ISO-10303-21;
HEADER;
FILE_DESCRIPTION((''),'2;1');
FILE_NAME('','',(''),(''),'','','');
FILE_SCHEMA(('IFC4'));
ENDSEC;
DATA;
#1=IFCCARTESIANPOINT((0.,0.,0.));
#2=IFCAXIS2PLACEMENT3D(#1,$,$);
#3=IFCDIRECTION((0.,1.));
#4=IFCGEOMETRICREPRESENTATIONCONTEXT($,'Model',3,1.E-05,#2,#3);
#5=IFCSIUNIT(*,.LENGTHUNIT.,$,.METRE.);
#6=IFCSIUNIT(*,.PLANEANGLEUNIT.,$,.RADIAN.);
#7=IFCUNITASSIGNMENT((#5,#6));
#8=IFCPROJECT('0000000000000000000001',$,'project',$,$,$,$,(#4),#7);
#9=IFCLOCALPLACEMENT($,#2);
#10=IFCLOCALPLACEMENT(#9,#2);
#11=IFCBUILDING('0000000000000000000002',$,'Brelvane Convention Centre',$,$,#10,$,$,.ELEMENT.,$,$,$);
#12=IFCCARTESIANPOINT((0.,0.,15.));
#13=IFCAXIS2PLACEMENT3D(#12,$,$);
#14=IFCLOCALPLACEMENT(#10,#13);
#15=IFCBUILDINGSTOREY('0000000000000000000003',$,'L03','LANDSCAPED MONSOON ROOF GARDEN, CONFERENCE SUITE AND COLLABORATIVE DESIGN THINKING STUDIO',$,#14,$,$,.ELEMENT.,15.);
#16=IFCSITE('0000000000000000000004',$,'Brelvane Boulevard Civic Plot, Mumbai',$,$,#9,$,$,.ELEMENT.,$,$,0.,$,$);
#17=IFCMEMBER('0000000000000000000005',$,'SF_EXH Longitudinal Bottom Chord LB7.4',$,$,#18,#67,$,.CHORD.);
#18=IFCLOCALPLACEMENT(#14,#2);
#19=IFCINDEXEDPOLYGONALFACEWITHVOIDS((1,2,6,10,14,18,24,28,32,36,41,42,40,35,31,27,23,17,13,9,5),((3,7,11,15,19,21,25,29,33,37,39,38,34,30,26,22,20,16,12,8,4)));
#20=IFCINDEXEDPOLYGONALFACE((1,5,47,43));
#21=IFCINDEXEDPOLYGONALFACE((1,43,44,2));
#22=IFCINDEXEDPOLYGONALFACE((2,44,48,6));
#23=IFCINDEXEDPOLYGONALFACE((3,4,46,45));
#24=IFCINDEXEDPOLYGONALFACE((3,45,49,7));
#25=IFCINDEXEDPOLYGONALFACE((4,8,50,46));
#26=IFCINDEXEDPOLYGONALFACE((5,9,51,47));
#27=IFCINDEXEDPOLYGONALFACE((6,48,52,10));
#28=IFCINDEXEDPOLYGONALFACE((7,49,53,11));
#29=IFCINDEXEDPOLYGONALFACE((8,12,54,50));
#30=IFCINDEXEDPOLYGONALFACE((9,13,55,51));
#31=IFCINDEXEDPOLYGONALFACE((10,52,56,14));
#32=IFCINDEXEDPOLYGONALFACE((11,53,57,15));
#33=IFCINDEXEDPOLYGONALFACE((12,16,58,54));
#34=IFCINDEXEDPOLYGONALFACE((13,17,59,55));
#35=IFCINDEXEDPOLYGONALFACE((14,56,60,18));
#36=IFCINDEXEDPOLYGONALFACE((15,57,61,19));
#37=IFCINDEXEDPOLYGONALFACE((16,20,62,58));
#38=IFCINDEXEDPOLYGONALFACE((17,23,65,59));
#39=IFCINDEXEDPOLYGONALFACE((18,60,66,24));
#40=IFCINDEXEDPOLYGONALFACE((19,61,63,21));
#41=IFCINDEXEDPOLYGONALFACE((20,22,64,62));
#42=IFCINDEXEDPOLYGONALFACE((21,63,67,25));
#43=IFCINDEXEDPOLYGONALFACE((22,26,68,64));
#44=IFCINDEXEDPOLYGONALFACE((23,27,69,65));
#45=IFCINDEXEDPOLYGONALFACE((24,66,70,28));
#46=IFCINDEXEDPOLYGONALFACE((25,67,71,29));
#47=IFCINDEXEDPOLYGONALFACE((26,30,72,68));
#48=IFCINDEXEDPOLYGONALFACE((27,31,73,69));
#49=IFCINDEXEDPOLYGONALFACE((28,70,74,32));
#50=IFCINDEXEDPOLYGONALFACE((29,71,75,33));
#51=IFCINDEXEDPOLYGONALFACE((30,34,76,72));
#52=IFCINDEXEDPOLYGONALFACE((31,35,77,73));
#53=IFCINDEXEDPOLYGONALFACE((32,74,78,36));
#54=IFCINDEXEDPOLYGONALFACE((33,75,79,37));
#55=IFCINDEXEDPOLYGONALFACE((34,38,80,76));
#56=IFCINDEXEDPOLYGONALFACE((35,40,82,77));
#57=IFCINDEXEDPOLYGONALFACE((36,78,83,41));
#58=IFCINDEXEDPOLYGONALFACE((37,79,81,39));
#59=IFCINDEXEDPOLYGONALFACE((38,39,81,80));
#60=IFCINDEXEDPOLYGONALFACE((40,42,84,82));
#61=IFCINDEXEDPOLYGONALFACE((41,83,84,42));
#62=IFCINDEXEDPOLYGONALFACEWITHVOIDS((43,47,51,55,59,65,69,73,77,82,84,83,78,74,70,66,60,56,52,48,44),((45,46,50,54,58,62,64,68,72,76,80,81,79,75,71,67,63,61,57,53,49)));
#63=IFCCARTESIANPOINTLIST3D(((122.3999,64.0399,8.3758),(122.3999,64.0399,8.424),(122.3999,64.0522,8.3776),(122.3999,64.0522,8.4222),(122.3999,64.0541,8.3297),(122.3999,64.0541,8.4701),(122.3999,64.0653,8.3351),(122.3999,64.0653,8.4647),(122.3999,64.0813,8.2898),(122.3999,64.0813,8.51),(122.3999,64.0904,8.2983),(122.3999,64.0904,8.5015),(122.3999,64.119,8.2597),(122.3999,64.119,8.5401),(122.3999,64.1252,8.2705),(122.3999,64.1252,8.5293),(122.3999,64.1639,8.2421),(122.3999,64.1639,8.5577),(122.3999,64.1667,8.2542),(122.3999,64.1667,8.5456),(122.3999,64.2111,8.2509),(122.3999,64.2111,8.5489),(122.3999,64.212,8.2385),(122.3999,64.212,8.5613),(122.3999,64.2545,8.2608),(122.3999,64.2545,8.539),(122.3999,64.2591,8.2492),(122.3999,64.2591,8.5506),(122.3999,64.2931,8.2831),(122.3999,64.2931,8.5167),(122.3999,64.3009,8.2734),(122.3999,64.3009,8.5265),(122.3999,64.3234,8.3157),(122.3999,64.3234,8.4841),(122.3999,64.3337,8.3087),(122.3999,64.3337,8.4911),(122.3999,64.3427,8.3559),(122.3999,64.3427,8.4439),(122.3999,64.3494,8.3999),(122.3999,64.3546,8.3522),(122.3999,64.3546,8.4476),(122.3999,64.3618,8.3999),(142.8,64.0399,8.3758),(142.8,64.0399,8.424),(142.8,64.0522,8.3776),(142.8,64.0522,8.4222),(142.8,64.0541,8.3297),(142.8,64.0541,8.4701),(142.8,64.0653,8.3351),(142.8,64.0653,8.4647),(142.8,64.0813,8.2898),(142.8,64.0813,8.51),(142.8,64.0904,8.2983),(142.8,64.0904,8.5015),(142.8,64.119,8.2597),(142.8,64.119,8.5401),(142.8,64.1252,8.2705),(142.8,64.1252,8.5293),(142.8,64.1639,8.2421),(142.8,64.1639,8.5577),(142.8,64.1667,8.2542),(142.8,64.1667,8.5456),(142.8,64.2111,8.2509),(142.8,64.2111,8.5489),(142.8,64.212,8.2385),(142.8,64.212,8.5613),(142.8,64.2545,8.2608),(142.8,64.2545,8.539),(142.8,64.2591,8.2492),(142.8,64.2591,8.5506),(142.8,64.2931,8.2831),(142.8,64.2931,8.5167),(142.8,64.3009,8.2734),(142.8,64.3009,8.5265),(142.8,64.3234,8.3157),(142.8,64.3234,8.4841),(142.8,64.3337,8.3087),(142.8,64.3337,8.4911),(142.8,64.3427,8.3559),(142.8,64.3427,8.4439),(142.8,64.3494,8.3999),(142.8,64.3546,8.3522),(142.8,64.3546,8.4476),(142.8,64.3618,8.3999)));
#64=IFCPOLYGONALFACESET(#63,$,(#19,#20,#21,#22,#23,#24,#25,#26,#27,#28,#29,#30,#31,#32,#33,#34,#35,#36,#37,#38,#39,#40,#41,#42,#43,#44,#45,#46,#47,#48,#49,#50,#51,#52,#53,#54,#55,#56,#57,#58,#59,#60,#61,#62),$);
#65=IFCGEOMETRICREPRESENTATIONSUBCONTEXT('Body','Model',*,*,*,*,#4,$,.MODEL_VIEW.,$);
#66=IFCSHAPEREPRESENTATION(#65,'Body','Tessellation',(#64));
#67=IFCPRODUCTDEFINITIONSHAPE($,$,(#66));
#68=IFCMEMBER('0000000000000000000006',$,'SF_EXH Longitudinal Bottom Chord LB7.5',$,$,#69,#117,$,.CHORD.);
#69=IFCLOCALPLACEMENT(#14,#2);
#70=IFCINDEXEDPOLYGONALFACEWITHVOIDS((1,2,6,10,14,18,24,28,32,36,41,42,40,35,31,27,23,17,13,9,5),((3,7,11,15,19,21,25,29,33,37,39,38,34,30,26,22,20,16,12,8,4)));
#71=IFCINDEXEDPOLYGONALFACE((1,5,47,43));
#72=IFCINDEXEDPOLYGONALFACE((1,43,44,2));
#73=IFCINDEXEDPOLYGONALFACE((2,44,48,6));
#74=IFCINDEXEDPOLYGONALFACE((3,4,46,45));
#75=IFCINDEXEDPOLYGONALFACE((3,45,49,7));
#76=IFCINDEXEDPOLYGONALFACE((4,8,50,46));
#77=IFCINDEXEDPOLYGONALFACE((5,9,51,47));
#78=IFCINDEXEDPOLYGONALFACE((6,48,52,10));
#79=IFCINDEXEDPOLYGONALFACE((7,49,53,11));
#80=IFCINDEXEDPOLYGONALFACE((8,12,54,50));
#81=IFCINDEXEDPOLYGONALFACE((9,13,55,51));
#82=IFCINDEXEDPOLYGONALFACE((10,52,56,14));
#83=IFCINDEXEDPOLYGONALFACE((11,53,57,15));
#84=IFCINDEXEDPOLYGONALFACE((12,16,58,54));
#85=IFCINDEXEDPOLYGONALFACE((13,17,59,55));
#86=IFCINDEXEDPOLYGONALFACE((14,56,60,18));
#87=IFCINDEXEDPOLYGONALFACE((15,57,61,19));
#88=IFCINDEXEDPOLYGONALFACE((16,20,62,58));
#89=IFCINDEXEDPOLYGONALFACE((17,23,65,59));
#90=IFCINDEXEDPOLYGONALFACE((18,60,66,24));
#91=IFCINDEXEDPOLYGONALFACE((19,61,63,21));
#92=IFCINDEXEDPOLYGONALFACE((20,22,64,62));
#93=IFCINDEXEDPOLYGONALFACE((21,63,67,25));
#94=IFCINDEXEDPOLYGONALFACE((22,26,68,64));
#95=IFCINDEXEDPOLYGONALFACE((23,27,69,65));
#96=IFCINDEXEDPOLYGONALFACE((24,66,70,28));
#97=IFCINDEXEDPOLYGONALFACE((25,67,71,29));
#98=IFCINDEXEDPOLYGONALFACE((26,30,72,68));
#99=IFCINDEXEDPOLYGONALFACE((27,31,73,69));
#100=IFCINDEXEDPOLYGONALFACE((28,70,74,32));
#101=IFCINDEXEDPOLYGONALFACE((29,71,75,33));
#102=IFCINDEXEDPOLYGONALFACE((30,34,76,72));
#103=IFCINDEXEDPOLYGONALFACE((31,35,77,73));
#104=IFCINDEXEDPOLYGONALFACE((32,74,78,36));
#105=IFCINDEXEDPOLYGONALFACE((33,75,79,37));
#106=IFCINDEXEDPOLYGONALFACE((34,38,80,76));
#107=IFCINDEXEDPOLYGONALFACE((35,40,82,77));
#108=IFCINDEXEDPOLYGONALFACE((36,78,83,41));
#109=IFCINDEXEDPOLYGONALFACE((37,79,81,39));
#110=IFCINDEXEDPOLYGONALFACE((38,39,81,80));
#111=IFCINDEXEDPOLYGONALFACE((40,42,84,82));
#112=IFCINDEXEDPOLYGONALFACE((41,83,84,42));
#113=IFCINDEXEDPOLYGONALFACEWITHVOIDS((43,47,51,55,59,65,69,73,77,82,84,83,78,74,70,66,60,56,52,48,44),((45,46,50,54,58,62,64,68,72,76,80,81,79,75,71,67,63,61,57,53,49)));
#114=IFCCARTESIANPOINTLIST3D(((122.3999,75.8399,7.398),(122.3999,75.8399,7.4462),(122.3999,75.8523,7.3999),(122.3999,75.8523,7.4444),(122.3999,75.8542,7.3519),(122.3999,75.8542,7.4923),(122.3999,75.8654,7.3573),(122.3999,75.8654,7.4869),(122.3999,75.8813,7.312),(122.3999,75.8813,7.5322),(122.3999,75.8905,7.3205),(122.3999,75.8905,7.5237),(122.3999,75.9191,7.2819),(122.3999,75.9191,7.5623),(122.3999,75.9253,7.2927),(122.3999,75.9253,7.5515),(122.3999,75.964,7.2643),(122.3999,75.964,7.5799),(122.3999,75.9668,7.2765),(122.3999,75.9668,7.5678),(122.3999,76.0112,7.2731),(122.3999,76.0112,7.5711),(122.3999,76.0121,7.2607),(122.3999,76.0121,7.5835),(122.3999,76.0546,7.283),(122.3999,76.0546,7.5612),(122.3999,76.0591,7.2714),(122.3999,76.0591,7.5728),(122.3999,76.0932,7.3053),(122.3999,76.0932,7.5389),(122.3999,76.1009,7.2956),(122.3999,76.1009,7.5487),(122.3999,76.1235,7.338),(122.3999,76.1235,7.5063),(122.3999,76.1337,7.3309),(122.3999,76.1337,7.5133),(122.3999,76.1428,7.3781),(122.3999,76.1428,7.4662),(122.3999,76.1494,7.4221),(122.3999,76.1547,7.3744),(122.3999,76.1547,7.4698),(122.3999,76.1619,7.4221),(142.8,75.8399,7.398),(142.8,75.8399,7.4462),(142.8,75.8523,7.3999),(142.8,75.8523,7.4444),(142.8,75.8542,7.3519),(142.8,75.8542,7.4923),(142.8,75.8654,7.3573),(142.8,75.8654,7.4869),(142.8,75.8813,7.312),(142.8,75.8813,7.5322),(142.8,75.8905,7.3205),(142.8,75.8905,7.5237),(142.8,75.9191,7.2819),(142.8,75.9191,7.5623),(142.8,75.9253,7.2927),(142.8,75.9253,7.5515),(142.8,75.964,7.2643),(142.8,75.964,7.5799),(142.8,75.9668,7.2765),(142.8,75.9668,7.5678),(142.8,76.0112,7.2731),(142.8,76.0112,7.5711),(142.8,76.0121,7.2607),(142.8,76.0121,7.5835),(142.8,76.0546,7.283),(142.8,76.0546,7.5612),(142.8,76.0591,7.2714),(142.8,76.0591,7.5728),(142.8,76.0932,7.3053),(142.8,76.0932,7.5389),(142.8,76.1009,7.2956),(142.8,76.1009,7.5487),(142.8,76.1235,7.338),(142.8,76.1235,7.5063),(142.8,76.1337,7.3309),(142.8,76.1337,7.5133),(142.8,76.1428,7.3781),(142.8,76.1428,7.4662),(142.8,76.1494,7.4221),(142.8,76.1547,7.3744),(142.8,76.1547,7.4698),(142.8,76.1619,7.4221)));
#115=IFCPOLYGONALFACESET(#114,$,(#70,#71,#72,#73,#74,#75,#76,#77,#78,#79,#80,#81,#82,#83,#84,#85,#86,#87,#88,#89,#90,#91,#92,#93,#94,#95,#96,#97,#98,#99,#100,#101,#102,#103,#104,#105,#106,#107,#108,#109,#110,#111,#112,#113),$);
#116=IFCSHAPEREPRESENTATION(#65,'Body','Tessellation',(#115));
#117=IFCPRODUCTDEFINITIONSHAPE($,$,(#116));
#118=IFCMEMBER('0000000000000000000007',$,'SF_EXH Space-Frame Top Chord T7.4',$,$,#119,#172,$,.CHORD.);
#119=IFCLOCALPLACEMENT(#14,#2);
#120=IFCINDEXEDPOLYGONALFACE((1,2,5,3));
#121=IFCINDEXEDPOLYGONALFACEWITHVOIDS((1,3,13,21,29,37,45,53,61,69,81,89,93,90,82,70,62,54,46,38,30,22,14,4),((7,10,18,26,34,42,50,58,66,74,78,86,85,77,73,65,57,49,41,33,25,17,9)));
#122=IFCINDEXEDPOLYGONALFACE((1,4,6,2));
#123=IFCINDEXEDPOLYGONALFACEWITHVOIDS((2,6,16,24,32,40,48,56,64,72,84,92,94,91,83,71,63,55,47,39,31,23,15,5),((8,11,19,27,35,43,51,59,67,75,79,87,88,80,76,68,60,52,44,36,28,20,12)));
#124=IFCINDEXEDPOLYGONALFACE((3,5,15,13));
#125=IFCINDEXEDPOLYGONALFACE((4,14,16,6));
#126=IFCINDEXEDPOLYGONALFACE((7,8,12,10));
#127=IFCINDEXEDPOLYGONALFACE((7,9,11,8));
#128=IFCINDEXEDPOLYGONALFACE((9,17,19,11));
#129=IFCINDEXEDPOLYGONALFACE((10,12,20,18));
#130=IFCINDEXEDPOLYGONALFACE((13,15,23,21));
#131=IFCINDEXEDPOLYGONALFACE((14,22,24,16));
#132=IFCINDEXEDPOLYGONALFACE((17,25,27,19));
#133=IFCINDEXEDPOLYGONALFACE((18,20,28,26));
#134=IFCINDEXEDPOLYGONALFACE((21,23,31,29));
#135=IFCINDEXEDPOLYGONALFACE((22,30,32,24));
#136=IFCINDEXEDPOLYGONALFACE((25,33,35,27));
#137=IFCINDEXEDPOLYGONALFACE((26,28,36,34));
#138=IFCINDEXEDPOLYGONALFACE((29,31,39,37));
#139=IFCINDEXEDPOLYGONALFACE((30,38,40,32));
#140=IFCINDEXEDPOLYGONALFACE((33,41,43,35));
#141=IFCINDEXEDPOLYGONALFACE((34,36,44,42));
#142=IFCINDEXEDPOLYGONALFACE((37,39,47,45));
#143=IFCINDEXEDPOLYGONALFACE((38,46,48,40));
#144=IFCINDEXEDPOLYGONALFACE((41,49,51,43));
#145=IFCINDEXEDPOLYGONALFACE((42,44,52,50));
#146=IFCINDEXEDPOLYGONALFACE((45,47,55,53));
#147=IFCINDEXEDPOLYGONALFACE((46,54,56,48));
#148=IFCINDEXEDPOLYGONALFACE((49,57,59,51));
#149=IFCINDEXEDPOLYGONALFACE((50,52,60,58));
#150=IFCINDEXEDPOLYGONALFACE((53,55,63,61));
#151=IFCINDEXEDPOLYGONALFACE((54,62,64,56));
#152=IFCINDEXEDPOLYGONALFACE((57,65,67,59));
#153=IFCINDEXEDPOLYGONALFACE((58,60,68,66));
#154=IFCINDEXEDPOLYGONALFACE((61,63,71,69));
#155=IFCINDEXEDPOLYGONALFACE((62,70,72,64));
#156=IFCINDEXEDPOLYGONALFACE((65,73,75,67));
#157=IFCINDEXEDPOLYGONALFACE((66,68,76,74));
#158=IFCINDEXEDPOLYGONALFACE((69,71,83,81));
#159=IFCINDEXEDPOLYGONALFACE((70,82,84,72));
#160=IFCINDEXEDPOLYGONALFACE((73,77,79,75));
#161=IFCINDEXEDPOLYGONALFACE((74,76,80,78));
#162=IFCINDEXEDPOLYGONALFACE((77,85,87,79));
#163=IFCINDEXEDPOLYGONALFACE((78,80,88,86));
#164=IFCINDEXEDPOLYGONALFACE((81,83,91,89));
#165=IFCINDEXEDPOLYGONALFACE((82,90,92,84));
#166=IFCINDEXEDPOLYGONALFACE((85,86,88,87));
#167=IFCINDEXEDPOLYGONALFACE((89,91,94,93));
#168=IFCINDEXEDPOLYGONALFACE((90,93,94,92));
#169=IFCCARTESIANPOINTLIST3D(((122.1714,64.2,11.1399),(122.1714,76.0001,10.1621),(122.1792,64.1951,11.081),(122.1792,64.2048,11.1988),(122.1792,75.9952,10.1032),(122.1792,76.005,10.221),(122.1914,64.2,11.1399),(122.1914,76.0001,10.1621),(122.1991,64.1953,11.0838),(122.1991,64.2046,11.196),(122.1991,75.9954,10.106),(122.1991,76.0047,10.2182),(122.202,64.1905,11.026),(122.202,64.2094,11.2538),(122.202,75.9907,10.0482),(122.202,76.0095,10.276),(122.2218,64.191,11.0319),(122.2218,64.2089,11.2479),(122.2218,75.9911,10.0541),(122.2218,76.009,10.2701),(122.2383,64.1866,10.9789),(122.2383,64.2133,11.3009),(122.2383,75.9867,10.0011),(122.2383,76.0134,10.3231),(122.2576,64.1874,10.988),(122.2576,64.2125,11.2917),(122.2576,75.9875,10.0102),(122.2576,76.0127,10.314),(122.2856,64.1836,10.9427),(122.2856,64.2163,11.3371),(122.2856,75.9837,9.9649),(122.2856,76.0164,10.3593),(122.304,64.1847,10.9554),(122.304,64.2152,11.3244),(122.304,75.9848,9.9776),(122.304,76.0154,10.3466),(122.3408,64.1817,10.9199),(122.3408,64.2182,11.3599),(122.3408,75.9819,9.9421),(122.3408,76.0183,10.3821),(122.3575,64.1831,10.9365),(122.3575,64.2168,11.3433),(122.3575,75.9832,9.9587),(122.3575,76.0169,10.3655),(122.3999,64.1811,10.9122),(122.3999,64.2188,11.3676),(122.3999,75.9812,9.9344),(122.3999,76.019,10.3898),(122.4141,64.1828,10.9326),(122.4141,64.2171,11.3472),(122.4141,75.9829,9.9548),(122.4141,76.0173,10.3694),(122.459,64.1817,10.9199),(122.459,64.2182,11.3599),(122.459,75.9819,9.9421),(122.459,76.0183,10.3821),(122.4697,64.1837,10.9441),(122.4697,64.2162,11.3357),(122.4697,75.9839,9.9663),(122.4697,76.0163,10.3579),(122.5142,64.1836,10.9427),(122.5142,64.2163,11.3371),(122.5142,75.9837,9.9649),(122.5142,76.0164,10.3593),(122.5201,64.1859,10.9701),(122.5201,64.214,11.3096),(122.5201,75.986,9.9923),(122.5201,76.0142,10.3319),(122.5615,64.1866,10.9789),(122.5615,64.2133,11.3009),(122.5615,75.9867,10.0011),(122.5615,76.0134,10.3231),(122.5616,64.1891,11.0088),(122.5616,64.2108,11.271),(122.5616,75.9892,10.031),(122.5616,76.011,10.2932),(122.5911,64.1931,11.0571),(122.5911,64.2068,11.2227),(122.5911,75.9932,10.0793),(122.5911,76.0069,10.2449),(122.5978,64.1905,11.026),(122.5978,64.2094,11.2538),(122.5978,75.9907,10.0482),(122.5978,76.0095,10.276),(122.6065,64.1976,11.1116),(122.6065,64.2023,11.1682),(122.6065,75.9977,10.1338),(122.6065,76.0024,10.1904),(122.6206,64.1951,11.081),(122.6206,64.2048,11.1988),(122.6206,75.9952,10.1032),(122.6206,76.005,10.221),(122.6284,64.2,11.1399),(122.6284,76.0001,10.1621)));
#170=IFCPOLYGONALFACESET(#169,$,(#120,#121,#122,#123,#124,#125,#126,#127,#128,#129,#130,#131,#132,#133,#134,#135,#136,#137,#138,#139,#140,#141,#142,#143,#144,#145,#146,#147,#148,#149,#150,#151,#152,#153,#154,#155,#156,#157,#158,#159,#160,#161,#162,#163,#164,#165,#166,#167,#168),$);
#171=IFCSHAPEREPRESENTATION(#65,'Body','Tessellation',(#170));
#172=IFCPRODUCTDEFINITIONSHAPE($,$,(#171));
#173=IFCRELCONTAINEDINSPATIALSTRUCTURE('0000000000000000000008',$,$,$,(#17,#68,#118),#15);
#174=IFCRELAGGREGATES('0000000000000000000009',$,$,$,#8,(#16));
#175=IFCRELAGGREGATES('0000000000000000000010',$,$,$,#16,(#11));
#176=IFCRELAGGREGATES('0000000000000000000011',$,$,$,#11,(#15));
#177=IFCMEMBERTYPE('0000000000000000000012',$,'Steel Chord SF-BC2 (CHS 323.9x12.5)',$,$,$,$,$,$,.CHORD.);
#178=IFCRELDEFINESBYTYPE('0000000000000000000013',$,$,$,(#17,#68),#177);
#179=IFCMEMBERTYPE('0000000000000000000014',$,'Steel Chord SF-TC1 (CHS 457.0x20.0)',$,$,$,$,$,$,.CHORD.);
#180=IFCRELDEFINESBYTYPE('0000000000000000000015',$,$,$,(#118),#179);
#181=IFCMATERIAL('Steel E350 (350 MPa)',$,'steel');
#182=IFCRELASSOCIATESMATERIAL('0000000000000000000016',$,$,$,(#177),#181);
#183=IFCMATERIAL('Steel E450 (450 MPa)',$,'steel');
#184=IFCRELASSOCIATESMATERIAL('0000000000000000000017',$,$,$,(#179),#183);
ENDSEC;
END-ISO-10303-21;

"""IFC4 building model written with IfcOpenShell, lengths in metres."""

from ifc_helpers import new_model, si_unit, direction, frame, origin, origin_2d, place, context, subcontext, project, spatial, hollow_circle, extrude, material, material_profile, profile_set, type_object, element, save


model = new_model("IFC4")

# Units and contexts
model_context = context("Model", 3, precision=1e-05, world=origin(), true_north=direction((0.0, 1.0)))
body_context = subcontext(model_context, "Body", "Model", "MODEL_VIEW")
ifc_project = project(units=[si_unit("LENGTHUNIT", "METRE"), si_unit("PLANEANGLEUNIT", "RADIAN")], contexts=[model_context])

# Site, building, storey
site_placement = place(None, origin())
site = spatial("IfcSite", under=ifc_project, at=site_placement, Name="Brelvane Boulevard Civic Plot, Mumbai", CompositionType="ELEMENT", RefElevation=0.0)
building_placement = place(site_placement, origin())
building = spatial("IfcBuilding", under=site, at=building_placement, Name="Brelvane Convention Centre", CompositionType="ELEMENT")
storey_placement = place(building_placement, frame((0.0, 0.0, 15.0)))
storey = spatial("IfcBuildingStorey", under=building, at=storey_placement, Name="L03", Description="LANDSCAPED MONSOON ROOF GARDEN, CONFERENCE SUITE AND COLLABORATIVE DESIGN THINKING STUDIO", CompositionType="ELEMENT", Elevation=15.0)

# Members
ifc_material_1 = material(Name="Steel E350 (350 MPa)", Category="steel")
ifc_material_profile_1 = material_profile(ifc_material_1, hollow_circle(Radius=0.1619, WallThickness=0.0125, at=origin_2d()), Name="CHS 323.9x12.5")
ifc_profile_set_1 = profile_set([ifc_material_profile_1], Name="Steel E350 (350 MPa)")
member_type_1 = type_object("IfcMemberType", Name="Steel Chord SF-BC2 (CHS 323.9x12.5)", PredefinedType="CHORD", material=ifc_profile_set_1)
for number, where, z_axis, x_axis, name in (
    (1, (122.3999, 64.2, 8.3999), (1.0, 0.0, 0.0), (0.0, 1.0, 0.0), "SF_EXH Longitudinal Bottom Chord LB7.4"),
    (2, (122.3999, 76.0, 7.4221), (1.0, 0.0, 0.0), (0.0, 1.0, 0.0), "SF_EXH Longitudinal Bottom Chord LB7.5"),
):
    element("IfcMember", number, at=place(storey_placement, frame(where, z_axis=z_axis, x_axis=x_axis)), inside=storey, type_object=member_type_1, Name=name, PredefinedType="CHORD", context=body_context, shape_type="SweptSolid", body=[
        extrude(hollow_circle(Radius=0.1619, WallThickness=0.0125, at=origin_2d()), origin(), (0.0, 0.0, 1.0), 20.4001),
    ])
ifc_material_2 = material(Name="Steel E450 (450 MPa)", Category="steel")
ifc_material_profile_2 = material_profile(ifc_material_2, hollow_circle(Radius=0.2285, WallThickness=0.02, at=origin_2d()), Name="CHS 457.0x20.0")
ifc_profile_set_2 = profile_set([ifc_material_profile_2], Name="Steel E450 (450 MPa)")
member_type_2 = type_object("IfcMemberType", Name="Steel Chord SF-TC1 (CHS 457.0x20.0)", PredefinedType="CHORD", material=ifc_profile_set_2)
member_1_placement = place(storey_placement, frame((122.3999, 64.2, 11.1399), z_axis=(0.0, 0.996584, -0.08258), x_axis=(-1.0, 0.0, 0.0)))
element("IfcMember", 3, at=member_1_placement, inside=storey, type_object=member_type_2, Name="SF_EXH Space-Frame Top Chord T7.4", PredefinedType="CHORD", context=body_context, shape_type="SweptSolid", body=[
    extrude(hollow_circle(Radius=0.2285, WallThickness=0.02, at=origin_2d()), origin(), (0.0, 0.0, 1.0), 11.8406),
])

save(model, "model.ifc")
